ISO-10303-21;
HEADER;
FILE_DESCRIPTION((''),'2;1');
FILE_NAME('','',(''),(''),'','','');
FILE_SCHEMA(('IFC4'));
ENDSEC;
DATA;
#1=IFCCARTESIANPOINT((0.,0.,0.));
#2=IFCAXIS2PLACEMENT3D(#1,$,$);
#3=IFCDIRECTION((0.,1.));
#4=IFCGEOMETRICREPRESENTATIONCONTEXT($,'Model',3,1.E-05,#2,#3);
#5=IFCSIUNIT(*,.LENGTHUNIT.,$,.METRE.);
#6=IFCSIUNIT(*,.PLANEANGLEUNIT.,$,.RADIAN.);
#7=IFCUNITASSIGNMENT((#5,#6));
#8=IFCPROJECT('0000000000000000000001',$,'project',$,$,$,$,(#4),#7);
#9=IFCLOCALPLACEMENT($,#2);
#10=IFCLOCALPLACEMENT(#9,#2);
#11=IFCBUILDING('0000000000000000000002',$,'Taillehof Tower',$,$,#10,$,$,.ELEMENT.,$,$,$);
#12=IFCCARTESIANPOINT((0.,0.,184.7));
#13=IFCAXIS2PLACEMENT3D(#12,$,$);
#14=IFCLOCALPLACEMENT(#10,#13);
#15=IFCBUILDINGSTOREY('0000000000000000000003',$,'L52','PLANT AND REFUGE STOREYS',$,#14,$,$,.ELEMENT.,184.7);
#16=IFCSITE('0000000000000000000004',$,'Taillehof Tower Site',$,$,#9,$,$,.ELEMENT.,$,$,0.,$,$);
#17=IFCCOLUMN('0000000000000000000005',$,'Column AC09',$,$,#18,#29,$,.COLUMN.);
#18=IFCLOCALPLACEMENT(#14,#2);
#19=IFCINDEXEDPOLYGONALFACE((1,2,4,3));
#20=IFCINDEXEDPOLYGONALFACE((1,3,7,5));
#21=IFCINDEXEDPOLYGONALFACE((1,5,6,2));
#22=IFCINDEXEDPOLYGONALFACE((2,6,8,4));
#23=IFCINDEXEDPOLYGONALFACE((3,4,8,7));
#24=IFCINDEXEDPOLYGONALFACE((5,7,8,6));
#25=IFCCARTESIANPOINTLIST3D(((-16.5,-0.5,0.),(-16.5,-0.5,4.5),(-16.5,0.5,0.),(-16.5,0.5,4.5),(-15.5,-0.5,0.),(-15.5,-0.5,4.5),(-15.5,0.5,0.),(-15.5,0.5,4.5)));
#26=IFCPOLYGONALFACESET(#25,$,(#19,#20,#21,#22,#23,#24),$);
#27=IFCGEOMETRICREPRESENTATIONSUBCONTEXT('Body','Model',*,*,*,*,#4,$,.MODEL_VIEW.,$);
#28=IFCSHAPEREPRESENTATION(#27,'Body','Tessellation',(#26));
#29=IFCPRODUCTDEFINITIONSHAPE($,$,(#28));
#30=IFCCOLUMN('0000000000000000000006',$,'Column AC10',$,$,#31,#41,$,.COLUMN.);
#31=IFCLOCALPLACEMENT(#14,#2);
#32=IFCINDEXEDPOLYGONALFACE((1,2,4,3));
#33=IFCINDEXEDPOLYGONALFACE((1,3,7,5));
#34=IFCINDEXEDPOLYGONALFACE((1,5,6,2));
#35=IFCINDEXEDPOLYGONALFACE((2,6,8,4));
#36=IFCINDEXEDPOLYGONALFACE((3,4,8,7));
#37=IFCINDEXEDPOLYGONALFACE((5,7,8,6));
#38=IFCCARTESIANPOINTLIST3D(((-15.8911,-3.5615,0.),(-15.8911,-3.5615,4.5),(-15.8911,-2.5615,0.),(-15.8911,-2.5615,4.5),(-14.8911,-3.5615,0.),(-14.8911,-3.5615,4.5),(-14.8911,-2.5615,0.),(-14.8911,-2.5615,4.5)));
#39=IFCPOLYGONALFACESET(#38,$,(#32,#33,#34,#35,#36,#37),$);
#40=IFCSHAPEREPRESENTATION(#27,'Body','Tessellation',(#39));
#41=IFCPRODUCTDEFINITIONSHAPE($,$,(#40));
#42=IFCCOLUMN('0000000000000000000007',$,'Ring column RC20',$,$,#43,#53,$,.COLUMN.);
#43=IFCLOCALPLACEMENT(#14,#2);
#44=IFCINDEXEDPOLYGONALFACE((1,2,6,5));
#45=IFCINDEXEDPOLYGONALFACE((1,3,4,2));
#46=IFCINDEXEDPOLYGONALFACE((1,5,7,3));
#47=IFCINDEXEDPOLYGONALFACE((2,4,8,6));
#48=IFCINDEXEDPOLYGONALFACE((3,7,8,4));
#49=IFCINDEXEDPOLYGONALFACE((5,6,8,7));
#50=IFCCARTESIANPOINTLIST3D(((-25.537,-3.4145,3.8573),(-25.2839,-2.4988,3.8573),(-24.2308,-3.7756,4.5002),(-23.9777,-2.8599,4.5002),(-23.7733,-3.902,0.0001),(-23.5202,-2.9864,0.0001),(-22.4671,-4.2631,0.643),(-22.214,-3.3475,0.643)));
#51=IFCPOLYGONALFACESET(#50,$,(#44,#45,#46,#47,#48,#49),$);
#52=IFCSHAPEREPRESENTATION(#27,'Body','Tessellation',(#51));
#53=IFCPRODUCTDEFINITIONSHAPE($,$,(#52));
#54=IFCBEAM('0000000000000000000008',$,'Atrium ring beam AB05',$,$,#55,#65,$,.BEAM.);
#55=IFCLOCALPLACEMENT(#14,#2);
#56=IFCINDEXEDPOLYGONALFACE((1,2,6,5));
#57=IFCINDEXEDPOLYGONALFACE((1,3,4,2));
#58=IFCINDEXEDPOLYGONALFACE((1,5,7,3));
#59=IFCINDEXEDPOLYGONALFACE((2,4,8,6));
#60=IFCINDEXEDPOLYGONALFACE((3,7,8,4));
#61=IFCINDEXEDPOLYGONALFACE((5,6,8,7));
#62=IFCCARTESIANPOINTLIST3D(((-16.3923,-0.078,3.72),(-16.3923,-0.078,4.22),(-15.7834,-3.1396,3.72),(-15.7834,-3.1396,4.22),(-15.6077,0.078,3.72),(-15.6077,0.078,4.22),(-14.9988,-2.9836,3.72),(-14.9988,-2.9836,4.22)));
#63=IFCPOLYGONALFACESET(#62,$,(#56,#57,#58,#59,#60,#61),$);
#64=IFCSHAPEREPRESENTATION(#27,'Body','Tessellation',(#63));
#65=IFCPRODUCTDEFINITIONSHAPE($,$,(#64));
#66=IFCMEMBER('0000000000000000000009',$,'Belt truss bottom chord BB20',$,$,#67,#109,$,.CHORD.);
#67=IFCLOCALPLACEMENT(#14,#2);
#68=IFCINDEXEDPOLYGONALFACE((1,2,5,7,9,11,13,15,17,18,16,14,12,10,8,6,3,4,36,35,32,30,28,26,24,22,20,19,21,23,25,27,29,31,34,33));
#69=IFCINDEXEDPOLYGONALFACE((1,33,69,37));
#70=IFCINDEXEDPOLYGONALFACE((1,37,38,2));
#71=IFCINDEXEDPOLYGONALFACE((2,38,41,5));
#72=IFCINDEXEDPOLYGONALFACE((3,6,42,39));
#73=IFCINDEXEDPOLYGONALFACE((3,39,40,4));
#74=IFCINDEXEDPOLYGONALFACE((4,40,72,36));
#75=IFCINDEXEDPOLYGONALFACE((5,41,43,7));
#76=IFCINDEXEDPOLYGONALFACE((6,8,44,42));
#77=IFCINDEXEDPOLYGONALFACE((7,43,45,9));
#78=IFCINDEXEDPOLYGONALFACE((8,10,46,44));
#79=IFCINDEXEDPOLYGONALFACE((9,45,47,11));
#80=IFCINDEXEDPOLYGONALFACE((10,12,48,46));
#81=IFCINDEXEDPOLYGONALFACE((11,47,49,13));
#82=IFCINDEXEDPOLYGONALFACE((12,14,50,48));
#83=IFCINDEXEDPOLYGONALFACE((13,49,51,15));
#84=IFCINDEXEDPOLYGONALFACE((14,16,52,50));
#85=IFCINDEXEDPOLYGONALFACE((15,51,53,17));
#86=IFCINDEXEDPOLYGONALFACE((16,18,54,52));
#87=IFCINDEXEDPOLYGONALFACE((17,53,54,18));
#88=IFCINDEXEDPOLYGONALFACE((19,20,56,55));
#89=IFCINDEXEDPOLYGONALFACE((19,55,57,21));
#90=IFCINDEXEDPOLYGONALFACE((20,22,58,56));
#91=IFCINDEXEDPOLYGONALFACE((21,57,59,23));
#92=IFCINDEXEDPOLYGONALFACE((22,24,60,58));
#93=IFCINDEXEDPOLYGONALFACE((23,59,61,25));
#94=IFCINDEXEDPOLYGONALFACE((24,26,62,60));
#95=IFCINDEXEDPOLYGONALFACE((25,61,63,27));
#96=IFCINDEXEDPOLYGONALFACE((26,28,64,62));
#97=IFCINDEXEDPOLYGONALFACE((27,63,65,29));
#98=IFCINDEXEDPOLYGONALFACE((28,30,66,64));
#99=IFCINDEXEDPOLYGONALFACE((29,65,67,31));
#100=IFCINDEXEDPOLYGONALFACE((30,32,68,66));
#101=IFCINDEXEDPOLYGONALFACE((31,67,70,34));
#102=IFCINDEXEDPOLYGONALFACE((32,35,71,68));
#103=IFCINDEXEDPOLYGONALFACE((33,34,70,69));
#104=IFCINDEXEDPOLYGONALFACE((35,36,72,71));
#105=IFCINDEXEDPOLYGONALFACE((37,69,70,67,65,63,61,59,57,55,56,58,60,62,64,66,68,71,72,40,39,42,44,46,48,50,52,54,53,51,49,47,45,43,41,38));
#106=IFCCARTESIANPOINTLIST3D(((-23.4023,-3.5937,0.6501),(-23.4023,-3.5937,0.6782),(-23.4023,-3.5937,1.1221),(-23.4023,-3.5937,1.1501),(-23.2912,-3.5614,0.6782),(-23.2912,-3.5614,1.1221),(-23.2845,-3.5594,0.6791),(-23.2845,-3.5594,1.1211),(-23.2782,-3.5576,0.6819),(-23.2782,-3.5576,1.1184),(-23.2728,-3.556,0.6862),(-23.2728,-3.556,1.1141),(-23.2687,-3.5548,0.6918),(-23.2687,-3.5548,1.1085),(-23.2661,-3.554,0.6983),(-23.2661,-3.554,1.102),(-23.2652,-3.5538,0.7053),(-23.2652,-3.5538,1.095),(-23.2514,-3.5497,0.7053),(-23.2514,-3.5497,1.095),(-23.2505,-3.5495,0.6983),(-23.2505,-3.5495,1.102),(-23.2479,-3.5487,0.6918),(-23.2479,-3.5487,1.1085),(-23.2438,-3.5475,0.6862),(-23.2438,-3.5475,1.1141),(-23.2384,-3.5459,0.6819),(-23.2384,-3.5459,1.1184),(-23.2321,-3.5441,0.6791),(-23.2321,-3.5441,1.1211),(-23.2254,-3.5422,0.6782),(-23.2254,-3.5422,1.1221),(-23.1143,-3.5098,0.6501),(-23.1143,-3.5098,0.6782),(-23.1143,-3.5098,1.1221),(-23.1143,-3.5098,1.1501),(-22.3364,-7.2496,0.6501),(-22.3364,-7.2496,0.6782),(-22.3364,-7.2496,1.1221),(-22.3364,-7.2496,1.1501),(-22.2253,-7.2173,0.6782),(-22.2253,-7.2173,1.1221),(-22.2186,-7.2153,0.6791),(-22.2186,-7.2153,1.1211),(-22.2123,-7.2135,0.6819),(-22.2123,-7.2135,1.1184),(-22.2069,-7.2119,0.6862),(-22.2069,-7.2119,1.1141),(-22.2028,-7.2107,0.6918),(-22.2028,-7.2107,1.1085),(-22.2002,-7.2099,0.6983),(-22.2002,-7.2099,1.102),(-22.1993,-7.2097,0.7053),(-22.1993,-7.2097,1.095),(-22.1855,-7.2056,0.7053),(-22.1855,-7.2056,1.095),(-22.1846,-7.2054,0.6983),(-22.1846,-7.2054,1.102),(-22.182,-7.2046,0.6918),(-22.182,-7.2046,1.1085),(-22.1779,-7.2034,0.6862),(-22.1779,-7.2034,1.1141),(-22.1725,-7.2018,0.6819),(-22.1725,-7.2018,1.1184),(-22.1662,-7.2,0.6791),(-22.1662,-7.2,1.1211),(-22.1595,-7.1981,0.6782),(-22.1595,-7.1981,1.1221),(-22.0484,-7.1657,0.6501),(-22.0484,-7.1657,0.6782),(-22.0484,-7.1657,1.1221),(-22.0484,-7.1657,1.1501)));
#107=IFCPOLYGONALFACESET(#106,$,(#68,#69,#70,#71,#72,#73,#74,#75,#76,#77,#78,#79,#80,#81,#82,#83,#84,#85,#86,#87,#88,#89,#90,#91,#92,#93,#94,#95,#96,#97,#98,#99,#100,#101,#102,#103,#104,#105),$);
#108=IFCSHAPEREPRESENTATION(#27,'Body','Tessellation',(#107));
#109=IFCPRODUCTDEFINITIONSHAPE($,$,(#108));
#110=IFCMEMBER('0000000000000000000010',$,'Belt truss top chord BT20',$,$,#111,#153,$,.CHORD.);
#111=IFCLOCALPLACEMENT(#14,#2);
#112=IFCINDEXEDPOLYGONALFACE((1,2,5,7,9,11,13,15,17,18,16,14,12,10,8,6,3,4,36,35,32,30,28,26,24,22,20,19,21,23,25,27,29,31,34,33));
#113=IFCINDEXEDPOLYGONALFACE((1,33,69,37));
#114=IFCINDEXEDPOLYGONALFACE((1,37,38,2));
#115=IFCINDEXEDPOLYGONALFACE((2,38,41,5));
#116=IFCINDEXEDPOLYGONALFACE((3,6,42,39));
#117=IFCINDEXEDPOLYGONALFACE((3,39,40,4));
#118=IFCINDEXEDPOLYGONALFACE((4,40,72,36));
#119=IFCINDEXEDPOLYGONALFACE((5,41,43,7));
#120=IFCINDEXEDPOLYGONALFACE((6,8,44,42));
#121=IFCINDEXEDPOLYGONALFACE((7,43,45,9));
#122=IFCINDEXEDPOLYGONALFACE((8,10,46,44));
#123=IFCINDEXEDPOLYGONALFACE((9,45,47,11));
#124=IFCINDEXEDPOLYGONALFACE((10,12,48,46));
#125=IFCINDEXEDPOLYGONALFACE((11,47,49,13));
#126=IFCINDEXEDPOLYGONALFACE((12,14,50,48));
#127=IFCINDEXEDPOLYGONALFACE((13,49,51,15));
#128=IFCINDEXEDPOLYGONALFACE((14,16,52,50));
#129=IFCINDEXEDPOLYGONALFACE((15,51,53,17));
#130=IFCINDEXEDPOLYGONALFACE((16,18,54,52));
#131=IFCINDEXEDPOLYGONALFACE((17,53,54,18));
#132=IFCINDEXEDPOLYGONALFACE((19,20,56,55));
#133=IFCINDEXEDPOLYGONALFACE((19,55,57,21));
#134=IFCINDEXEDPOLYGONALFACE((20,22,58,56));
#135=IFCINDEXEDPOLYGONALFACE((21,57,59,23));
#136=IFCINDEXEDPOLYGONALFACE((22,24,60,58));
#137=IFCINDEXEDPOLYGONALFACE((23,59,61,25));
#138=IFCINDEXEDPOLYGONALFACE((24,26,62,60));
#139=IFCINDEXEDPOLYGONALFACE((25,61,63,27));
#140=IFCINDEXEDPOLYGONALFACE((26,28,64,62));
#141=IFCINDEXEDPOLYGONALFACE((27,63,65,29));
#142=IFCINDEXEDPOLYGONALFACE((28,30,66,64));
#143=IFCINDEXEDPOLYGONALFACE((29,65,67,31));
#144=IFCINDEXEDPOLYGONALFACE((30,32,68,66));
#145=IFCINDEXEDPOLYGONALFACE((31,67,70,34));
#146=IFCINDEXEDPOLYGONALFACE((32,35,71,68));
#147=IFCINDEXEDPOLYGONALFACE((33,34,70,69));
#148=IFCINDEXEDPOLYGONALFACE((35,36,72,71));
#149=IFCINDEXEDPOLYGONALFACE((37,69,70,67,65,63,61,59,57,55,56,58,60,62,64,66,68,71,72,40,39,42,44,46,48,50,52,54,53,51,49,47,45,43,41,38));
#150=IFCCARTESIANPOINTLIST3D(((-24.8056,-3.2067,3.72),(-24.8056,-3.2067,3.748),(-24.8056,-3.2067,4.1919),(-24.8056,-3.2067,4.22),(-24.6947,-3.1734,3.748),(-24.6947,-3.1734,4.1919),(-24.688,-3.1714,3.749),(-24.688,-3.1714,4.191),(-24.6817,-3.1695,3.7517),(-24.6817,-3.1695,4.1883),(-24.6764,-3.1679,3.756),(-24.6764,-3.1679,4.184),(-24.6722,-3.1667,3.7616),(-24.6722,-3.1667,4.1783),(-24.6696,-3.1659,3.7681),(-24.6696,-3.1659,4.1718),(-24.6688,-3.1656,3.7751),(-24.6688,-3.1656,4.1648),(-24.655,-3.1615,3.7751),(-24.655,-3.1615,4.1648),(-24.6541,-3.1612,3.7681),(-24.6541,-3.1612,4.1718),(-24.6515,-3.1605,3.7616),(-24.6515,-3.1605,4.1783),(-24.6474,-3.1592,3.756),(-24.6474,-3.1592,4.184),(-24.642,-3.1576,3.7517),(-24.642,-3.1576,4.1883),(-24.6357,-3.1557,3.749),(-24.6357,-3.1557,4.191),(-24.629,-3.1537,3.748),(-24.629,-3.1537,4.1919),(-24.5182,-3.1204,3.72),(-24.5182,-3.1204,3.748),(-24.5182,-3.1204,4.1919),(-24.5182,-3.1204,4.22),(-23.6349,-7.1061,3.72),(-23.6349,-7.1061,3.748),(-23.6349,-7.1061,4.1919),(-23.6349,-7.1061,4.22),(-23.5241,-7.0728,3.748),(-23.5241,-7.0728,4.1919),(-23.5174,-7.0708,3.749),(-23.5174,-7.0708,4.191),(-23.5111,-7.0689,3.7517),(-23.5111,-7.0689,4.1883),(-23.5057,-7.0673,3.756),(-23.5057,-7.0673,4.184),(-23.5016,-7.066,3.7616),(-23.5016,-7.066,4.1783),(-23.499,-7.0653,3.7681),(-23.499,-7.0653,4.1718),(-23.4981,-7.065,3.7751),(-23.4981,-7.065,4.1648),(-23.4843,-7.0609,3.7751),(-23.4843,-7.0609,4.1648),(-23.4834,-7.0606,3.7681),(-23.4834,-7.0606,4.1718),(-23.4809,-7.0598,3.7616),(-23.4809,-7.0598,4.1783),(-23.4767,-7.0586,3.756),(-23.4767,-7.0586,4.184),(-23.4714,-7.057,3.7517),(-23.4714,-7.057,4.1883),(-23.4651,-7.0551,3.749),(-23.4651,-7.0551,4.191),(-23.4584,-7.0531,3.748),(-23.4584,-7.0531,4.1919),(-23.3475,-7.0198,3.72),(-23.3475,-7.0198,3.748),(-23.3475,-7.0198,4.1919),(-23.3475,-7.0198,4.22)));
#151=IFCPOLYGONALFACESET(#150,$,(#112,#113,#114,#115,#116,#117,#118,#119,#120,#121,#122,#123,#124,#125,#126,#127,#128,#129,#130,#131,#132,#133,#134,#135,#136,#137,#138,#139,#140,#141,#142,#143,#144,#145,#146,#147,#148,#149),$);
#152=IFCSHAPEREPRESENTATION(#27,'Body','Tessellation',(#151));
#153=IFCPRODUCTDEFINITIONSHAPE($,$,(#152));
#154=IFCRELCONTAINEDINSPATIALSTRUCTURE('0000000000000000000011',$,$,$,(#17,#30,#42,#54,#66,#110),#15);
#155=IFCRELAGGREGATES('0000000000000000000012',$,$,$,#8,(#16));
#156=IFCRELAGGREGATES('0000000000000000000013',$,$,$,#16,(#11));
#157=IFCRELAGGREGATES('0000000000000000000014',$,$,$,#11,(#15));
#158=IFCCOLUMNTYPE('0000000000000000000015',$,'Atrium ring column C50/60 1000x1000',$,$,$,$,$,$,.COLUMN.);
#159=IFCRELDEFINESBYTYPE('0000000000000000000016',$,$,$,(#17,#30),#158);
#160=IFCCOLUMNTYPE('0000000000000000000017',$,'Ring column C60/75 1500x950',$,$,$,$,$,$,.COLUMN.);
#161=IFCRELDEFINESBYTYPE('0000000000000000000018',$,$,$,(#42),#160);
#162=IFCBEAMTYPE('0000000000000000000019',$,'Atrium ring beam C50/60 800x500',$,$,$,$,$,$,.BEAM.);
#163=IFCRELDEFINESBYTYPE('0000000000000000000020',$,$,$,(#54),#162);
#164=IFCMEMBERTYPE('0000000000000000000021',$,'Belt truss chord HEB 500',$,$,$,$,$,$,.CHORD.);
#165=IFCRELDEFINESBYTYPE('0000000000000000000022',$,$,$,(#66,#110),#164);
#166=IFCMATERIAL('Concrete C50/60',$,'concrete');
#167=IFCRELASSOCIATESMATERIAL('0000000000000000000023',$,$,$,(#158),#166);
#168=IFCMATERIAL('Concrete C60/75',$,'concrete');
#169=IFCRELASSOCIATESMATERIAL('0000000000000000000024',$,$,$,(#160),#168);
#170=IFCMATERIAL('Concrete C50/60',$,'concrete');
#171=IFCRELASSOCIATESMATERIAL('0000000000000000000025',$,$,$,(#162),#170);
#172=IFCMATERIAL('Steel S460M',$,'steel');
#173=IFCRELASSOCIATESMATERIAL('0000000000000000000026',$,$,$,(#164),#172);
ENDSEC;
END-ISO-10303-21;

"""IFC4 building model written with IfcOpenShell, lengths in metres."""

from ifc_helpers import new_model, si_unit, direction, frame, origin, origin_2d, place, context, subcontext, project, spatial, rectangle, i_section, extrude, material, material_profile, profile_set, type_object, element, save


model = new_model("IFC4")

# Units and contexts
model_context = context("Model", 3, precision=1e-05, world=origin(), true_north=direction((0.0, 1.0)))
body_context = subcontext(model_context, "Body", "Model", "MODEL_VIEW")
ifc_project = project(units=[si_unit("LENGTHUNIT", "METRE"), si_unit("PLANEANGLEUNIT", "RADIAN")], contexts=[model_context])

# Site, building, storey
site_placement = place(None, origin())
site = spatial("IfcSite", under=ifc_project, at=site_placement, Name="Taillehof Tower Site", CompositionType="ELEMENT", RefElevation=0.0)
building_placement = place(site_placement, origin())
building = spatial("IfcBuilding", under=site, at=building_placement, Name="Taillehof Tower", CompositionType="ELEMENT")
storey_placement = place(building_placement, frame((0.0, 0.0, 184.7)))
storey = spatial("IfcBuildingStorey", under=building, at=storey_placement, Name="L52", Description="PLANT AND REFUGE STOREYS", CompositionType="ELEMENT", Elevation=184.7)

# Columns
ifc_material_1 = material(Name="Concrete C50/60", Category="concrete")
ifc_material_profile_1 = material_profile(ifc_material_1, rectangle(XDim=1.0, YDim=1.0, at=origin_2d()), Name="RC 1000x1000")
ifc_profile_set_1 = profile_set([ifc_material_profile_1], Name="Concrete C50/60")
column_type_1 = type_object("IfcColumnType", Name="Atrium ring column C50/60 1000x1000", PredefinedType="COLUMN", material=ifc_profile_set_1)
for number, where, z_axis, x_axis, name in (
    (1, (-16.0, 0.0, 0.0), (0.0, 0.0, 1.0), (1.0, 0.0, 0.0), "Column AC09"),
    (2, (-15.3911, -3.0615, 0.0), (0.0, 0.0, 1.0), (1.0, 0.0, 0.0), "Column AC10"),
):
    element("IfcColumn", number, at=place(storey_placement, frame(where, z_axis=z_axis, x_axis=x_axis)), inside=storey, type_object=column_type_1, Name=name, PredefinedType="COLUMN", context=body_context, shape_type="SweptSolid", body=[
        extrude(rectangle(XDim=1.0, YDim=1.0, at=origin_2d()), origin(), (0.0, 0.0, 1.0), 4.5),
    ])
ifc_material_2 = material(Name="Concrete C60/75", Category="concrete")
ifc_material_profile_2 = material_profile(ifc_material_2, rectangle(XDim=1.5, YDim=0.95, at=origin_2d()), Name="RC 1500x950")
ifc_profile_set_2 = profile_set([ifc_material_profile_2], Name="Concrete C60/75")
column_type_2 = type_object("IfcColumnType", Name="Ring column C60/75 1500x950", PredefinedType="COLUMN", material=ifc_profile_set_2)
column_placement = place(storey_placement, frame((-22.9937, -3.6248, 0.3215), z_axis=(-0.413115, 0.114201, 0.90349), x_axis=(0.870828, -0.240731, 0.42861)))
element("IfcColumn", 3, at=column_placement, inside=storey, type_object=column_type_2, Name="Ring column RC20", PredefinedType="COLUMN", context=body_context, shape_type="SweptSolid", body=[
    extrude(rectangle(XDim=1.5, YDim=0.95, at=origin_2d()), origin(), (0.0, 0.0, 1.0), 4.2693),
])

# Beam
ifc_material_3 = material(Name="Concrete C50/60", Category="concrete")
ifc_material_profile_3 = material_profile(ifc_material_3, rectangle(XDim=0.8, YDim=0.5, at=origin_2d()), Name="RC 800x500")
ifc_profile_set_3 = profile_set([ifc_material_profile_3], Name="Concrete C50/60")
beam_type_1 = type_object("IfcBeamType", Name="Atrium ring beam C50/60 800x500", PredefinedType="BEAM", material=ifc_profile_set_3)
beam_1_placement = place(storey_placement, frame((-16.0, 0.0, 3.97), z_axis=(0.195063, -0.980791, 0.0), x_axis=(0.980791, 0.195063, 0.0)))
element("IfcBeam", 4, at=beam_1_placement, inside=storey, type_object=beam_type_1, Name="Atrium ring beam AB05", PredefinedType="BEAM", context=body_context, shape_type="SweptSolid", body=[
    extrude(rectangle(XDim=0.8, YDim=0.5, at=origin_2d()), origin(), (0.0, 0.0, 1.0), 3.1216),
])

# Members
ifc_material_4 = material(Name="Steel S460M", Category="steel")
ifc_material_profile_4 = material_profile(ifc_material_4, i_section(OverallWidth=0.3, OverallDepth=0.5, WebThickness=0.0144, FlangeThickness=0.0281, FilletRadius=0.0271, at=origin_2d()), Name="HEB 500")
ifc_profile_set_4 = profile_set([ifc_material_profile_4], Name="Steel S460M")
member_type_1 = type_object("IfcMemberType", Name="Belt truss chord HEB 500", PredefinedType="CHORD", material=ifc_profile_set_4)
member_1_placement = place(storey_placement, frame((-23.2583, -3.5518, 0.9001), z_axis=(0.279899, -0.960029, 0.0), x_axis=(0.960029, 0.279899, 0.0)))
element("IfcMember", 5, at=member_1_placement, inside=storey, type_object=member_type_1, Name="Belt truss bottom chord BB20", PredefinedType="CHORD", context=body_context, shape_type="SweptSolid", body=[
    extrude(i_section(OverallWidth=0.3, OverallDepth=0.5, WebThickness=0.0144, FlangeThickness=0.0281, FilletRadius=0.0271, at=origin_2d()), origin(), (0.0, 0.0, 1.0), 3.8081),
])
member_2_placement = place(storey_placement, frame((-24.6619, -3.1636, 3.97), z_axis=(0.287535, -0.95777, 0.0), x_axis=(0.95777, 0.287535, 0.0)))
element("IfcMember", 6, at=member_2_placement, inside=storey, type_object=member_type_1, Name="Belt truss top chord BT20", PredefinedType="CHORD", context=body_context, shape_type="SweptSolid", body=[
    extrude(i_section(OverallWidth=0.3, OverallDepth=0.5, WebThickness=0.0144, FlangeThickness=0.0281, FilletRadius=0.0271, at=origin_2d()), origin(), (0.0, 0.0, 1.0), 4.0713),
])

save(model, "model.ifc")
